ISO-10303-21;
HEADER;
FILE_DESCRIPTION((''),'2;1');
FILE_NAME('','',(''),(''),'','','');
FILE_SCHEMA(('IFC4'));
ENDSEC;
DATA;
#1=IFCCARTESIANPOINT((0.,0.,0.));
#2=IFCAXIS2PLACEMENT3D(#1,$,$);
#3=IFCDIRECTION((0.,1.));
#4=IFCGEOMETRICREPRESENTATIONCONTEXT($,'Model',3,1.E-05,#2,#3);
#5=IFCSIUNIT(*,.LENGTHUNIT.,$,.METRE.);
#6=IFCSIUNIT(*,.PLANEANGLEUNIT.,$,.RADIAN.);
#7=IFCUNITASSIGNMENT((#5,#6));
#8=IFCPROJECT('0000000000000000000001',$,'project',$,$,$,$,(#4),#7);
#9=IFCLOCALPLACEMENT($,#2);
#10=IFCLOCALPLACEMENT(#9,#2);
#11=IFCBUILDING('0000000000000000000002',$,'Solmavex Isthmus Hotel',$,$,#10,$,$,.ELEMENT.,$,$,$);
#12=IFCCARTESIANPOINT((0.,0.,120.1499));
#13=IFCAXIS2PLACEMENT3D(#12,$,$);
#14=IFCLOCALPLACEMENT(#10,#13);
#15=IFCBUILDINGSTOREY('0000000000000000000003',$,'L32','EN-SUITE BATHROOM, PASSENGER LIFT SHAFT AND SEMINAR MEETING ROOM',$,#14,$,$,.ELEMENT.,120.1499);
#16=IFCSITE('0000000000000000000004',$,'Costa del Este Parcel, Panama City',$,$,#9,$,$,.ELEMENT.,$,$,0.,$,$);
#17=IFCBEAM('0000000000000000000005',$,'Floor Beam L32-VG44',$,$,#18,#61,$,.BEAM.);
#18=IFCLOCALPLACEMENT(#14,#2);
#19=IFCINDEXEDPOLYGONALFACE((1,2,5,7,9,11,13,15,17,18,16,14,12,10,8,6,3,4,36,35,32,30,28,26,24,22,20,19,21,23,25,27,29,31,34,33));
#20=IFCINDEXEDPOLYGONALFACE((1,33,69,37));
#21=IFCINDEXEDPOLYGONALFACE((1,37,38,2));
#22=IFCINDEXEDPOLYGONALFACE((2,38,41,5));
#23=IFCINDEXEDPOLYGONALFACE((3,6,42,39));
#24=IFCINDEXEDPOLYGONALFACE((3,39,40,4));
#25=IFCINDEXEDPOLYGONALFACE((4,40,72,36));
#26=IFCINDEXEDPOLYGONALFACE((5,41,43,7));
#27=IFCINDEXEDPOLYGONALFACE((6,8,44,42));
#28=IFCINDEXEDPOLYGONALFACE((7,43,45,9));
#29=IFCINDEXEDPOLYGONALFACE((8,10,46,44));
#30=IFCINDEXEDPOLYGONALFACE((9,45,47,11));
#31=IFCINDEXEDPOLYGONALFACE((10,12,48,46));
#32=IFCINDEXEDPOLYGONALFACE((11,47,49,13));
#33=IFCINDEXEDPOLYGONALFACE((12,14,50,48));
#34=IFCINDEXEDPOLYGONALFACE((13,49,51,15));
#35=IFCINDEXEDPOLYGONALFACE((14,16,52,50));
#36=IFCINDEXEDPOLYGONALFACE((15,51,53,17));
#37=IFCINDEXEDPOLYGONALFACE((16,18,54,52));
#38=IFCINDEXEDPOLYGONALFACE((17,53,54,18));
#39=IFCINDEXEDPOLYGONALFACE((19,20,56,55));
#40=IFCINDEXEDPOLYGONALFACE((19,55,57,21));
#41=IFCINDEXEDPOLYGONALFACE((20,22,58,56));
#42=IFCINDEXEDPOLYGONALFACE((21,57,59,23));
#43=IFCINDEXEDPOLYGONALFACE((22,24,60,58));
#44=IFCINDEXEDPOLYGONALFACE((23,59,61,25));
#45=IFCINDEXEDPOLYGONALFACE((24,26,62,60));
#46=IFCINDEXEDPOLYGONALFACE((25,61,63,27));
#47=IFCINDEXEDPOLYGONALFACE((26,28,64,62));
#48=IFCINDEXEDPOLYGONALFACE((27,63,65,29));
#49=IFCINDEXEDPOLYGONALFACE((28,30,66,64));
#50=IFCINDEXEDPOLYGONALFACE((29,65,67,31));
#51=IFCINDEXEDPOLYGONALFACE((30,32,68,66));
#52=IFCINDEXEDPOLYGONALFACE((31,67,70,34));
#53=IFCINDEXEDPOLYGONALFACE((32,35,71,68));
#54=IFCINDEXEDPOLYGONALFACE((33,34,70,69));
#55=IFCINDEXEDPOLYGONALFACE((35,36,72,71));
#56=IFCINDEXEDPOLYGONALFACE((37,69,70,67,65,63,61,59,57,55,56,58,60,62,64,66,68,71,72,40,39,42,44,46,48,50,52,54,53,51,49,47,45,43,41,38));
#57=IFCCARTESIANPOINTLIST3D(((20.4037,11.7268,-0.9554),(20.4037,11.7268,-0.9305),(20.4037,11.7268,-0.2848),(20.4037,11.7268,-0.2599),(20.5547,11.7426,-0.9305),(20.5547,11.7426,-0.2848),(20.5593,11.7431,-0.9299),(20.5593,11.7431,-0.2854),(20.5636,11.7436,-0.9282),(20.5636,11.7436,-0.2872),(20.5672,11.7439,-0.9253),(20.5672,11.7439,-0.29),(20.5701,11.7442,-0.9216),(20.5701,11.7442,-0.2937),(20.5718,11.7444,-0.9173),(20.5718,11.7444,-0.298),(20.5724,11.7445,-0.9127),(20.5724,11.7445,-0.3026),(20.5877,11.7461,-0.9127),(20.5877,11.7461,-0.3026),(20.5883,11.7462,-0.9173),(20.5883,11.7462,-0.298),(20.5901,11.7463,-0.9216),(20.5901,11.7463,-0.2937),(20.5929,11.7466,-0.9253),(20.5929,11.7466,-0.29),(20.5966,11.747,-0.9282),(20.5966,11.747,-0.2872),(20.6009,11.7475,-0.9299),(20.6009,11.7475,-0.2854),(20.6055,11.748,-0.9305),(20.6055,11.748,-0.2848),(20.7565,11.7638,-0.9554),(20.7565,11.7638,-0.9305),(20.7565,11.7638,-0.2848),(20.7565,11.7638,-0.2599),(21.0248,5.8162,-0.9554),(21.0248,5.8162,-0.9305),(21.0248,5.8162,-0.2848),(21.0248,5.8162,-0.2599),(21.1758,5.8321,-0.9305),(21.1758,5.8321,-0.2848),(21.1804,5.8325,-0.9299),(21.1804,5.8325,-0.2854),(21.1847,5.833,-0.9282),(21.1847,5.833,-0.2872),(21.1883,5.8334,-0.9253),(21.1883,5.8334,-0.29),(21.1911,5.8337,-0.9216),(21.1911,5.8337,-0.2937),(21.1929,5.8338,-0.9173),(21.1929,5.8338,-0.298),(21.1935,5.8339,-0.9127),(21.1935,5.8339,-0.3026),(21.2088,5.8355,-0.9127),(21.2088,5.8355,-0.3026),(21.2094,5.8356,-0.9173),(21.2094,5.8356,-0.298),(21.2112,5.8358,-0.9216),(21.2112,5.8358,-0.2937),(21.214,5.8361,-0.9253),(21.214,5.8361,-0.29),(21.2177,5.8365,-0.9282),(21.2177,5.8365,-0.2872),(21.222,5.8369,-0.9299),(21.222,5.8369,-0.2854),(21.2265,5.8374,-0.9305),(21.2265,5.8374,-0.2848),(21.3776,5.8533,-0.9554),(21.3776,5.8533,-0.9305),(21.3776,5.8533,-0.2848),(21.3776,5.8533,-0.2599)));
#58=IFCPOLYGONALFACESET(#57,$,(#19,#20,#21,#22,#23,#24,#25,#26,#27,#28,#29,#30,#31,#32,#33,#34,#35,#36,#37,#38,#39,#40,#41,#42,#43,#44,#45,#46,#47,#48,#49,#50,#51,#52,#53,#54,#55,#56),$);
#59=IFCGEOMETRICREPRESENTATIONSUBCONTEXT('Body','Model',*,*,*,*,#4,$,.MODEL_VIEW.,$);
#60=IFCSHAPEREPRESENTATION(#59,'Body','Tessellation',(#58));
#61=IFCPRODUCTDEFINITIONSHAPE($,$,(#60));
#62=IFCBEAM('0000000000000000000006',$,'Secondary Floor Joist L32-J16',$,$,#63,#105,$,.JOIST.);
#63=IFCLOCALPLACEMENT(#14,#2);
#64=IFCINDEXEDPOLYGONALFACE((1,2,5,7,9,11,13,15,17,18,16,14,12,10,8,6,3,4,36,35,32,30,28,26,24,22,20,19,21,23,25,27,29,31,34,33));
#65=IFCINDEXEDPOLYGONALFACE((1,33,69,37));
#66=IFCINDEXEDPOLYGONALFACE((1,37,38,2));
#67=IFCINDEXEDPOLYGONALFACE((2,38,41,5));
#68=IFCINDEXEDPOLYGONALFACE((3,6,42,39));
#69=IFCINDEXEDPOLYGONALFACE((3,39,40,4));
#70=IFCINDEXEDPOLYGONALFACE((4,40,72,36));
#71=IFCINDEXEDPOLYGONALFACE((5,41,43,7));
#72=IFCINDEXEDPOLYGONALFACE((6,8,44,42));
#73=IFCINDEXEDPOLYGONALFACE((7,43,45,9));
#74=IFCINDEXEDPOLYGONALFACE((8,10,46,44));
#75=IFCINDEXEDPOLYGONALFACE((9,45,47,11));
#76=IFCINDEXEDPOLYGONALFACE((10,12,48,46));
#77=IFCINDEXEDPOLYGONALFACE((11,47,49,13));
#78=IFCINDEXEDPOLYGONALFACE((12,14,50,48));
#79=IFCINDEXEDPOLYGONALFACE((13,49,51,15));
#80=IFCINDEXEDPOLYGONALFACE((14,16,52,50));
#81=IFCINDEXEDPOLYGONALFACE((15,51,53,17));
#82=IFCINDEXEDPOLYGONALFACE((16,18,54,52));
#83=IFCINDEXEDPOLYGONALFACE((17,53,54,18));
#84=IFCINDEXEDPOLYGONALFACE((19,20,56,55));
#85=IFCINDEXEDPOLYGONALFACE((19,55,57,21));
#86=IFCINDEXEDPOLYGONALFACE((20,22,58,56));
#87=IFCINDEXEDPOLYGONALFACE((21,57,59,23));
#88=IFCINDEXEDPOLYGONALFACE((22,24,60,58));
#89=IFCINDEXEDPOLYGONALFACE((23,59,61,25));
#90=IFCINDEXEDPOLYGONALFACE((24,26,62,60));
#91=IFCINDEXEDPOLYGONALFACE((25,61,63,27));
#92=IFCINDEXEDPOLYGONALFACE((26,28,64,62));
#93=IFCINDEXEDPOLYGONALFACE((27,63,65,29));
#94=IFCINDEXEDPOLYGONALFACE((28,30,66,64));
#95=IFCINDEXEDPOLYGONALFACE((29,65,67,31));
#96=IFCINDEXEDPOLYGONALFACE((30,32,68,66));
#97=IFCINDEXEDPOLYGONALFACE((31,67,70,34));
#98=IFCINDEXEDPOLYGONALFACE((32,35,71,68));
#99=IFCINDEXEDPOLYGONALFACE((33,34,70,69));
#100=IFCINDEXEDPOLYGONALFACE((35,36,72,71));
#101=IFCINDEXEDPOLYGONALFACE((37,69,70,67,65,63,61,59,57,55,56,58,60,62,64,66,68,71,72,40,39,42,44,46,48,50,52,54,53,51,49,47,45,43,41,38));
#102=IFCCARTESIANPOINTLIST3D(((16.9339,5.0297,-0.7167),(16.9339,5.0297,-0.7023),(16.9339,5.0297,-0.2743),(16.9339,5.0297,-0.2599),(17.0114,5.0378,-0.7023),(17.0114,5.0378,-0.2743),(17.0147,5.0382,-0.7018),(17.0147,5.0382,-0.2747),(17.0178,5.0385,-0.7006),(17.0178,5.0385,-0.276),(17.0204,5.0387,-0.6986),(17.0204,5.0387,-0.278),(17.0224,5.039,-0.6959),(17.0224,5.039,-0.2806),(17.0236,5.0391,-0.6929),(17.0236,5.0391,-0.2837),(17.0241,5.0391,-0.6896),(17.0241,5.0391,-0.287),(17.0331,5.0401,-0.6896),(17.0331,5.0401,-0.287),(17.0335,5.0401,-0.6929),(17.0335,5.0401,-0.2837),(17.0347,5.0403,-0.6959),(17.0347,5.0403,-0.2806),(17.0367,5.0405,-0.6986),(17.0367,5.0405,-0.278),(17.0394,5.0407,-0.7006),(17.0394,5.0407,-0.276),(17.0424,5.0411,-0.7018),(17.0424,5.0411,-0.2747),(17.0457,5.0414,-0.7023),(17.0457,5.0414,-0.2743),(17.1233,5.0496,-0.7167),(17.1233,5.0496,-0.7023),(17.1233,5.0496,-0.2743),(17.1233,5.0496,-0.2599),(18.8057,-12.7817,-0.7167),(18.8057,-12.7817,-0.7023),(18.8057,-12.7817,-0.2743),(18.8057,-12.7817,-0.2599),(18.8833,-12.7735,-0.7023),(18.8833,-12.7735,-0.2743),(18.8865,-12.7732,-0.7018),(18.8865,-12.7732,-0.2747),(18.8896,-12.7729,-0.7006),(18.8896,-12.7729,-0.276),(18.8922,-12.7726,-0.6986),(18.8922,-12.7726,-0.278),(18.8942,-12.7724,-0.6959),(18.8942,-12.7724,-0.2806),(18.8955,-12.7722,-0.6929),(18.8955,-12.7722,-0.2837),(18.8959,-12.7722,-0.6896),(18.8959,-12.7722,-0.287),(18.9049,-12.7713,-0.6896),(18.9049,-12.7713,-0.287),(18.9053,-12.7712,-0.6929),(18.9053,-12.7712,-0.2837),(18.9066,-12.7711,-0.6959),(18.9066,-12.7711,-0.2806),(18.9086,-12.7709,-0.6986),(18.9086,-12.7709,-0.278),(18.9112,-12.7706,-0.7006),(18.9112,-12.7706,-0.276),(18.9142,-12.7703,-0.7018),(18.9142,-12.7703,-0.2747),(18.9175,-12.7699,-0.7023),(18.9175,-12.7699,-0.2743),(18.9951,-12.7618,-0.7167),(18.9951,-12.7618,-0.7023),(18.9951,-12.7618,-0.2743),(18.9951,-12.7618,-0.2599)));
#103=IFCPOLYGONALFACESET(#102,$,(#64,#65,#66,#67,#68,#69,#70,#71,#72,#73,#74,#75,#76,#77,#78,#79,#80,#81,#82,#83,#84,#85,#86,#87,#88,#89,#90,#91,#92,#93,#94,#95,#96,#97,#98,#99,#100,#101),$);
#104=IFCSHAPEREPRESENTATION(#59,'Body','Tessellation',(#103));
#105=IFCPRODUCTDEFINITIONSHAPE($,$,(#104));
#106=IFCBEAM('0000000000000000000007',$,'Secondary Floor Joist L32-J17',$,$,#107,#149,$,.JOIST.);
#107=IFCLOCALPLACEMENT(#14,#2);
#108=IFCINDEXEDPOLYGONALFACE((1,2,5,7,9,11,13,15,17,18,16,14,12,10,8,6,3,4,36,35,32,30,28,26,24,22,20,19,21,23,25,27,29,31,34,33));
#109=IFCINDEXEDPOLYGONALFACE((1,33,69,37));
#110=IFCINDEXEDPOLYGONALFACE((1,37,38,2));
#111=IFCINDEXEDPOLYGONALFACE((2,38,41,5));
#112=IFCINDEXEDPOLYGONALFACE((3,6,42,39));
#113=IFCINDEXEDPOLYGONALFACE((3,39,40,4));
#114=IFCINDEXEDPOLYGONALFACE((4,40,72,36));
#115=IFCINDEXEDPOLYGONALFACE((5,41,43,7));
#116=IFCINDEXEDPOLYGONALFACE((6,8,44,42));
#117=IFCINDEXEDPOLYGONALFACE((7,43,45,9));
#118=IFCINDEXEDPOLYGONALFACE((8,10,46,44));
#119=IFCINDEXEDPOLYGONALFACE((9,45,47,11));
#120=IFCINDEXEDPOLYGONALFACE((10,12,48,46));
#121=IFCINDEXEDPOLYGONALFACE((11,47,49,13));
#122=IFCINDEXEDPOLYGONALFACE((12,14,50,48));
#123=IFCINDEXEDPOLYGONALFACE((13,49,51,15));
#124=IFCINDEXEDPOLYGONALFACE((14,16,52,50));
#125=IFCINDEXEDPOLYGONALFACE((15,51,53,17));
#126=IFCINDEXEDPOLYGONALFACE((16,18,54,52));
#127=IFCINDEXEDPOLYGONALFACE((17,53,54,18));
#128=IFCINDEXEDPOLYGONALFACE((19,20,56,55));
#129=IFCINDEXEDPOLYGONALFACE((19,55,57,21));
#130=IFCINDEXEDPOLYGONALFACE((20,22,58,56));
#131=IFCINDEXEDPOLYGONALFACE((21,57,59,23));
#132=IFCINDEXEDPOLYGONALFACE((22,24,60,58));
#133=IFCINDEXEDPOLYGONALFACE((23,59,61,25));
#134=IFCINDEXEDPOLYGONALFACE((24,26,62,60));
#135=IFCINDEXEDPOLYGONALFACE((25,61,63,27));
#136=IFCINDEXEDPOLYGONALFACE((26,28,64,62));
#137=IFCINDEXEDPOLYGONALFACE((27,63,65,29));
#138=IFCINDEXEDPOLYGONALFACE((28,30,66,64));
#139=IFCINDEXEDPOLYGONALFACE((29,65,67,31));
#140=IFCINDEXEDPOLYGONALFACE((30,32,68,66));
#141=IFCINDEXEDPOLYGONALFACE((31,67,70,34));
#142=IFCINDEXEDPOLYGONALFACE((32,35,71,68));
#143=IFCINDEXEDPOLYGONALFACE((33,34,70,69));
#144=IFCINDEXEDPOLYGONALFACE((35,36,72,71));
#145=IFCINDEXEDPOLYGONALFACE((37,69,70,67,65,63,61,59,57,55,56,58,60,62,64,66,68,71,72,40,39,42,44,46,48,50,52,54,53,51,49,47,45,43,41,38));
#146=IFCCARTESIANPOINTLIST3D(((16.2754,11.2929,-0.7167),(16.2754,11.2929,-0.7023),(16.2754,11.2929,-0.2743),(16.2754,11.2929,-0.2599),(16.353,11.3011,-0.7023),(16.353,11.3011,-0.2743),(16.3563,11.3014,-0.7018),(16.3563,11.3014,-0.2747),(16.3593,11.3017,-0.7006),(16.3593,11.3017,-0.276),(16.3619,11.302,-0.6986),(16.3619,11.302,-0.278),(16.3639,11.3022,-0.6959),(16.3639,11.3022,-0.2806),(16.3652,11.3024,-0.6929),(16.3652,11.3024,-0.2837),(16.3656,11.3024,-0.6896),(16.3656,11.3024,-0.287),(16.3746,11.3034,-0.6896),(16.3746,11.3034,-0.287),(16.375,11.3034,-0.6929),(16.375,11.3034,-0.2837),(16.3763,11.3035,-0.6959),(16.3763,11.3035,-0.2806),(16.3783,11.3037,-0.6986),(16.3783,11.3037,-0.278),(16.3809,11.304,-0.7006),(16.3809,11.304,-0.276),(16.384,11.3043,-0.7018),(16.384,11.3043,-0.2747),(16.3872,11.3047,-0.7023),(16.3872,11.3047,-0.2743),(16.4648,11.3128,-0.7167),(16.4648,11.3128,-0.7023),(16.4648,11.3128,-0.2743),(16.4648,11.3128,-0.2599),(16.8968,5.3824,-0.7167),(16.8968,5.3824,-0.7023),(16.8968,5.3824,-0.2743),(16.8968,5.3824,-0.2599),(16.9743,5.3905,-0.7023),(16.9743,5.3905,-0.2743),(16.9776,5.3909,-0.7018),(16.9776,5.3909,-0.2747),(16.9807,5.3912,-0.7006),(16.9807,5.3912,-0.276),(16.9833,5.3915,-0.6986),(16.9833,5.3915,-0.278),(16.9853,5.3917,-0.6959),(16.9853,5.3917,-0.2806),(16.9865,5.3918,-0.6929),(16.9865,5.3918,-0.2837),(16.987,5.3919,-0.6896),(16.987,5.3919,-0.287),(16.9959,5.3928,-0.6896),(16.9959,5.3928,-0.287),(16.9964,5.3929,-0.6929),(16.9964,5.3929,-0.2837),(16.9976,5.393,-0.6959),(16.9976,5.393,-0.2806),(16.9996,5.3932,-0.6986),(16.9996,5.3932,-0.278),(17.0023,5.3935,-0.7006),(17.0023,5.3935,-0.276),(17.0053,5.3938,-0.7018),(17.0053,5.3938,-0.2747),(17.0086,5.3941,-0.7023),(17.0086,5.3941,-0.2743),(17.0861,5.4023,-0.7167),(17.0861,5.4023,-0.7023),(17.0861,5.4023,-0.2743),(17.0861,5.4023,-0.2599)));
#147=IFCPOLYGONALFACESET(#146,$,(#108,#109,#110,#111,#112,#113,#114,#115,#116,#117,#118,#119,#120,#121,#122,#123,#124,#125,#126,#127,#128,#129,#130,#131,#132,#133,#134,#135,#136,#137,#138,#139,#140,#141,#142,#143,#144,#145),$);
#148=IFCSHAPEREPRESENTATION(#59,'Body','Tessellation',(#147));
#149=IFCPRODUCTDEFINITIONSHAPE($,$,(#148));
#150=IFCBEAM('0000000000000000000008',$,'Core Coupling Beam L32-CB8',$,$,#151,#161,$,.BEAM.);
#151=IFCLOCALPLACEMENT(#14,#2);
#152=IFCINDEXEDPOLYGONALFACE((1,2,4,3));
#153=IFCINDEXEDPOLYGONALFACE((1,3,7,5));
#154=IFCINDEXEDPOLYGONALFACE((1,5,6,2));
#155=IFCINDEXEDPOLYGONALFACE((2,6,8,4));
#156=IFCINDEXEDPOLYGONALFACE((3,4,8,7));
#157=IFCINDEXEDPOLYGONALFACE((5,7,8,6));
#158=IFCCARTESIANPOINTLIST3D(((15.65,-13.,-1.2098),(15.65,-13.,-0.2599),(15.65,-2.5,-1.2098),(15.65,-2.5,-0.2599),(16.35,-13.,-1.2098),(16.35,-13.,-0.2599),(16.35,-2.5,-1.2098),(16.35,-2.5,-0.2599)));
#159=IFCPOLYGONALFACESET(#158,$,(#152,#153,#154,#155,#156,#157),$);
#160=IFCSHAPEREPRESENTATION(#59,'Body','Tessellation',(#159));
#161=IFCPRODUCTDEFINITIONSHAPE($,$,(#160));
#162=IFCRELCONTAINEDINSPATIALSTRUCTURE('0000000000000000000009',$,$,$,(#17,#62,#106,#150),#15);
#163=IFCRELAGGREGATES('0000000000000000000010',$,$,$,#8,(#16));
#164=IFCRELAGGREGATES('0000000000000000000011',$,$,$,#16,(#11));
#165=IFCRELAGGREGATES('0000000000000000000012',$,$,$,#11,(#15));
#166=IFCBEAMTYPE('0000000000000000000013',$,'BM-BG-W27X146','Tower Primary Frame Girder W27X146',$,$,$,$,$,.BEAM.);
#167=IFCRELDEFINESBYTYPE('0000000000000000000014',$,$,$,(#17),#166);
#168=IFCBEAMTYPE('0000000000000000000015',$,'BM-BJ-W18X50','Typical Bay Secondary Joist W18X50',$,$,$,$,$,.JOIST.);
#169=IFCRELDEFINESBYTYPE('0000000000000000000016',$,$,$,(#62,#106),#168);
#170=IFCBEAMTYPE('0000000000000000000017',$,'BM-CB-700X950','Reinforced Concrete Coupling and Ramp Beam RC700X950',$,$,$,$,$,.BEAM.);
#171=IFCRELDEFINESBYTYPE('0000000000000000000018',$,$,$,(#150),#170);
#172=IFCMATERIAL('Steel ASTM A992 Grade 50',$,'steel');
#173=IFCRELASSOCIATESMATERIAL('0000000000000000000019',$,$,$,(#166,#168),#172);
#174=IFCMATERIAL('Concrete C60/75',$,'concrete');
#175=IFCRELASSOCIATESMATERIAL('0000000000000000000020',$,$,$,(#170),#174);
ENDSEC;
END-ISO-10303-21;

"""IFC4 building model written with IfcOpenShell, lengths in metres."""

from ifc_helpers import new_model, si_unit, direction, frame, origin, origin_2d, place, context, subcontext, project, spatial, rectangle, i_section, extrude, material, material_profile, profile_set, type_object, element, save


model = new_model("IFC4")

# Units and contexts
model_context = context("Model", 3, precision=1e-05, world=origin(), true_north=direction((0.0, 1.0)))
body_context = subcontext(model_context, "Body", "Model", "MODEL_VIEW")
ifc_project = project(units=[si_unit("LENGTHUNIT", "METRE"), si_unit("PLANEANGLEUNIT", "RADIAN")], contexts=[model_context])

# Site, building, storey
site_placement = place(None, origin())
site = spatial("IfcSite", under=ifc_project, at=site_placement, Name="Costa del Este Parcel, Panama City", CompositionType="ELEMENT", RefElevation=0.0)
building_placement = place(site_placement, origin())
building = spatial("IfcBuilding", under=site, at=building_placement, Name="Solmavex Isthmus Hotel", CompositionType="ELEMENT")
storey_placement = place(building_placement, frame((0.0, 0.0, 120.1499)))
storey = spatial("IfcBuildingStorey", under=building, at=storey_placement, Name="L32", Description="EN-SUITE BATHROOM, PASSENGER LIFT SHAFT AND SEMINAR MEETING ROOM", CompositionType="ELEMENT", Elevation=120.1499)

# Shared definitions
ifc_material_1 = material(Name="Concrete C60/75", Category="concrete")

# Beams
ifc_material_2 = material(Name="Steel ASTM A992 Grade 50", Category="steel")
ifc_material_profile_1 = material_profile(ifc_material_2, i_section(OverallWidth=0.3547, OverallDepth=0.6956, WebThickness=0.0154, FlangeThickness=0.0249, FilletRadius=0.0178, at=origin_2d()), Name="W27X146")
ifc_profile_set_1 = profile_set([ifc_material_profile_1], Name="Steel ASTM A992 Grade 50")
beam_type_1 = type_object("IfcBeamType", Name="BM-BG-W27X146", Description="Tower Primary Frame Girder W27X146", PredefinedType="BEAM", material=ifc_profile_set_1)
beam_1_placement = place(storey_placement, frame((21.2012, 5.8347, -0.6077), z_axis=(-0.104505, 0.994524, 0.0), x_axis=(-0.994524, -0.104505, 0.0)))
element("IfcBeam", 1, at=beam_1_placement, inside=storey, type_object=beam_type_1, Name="Floor Beam L32-VG44", PredefinedType="BEAM", context=body_context, shape_type="SweptSolid", body=[
    extrude(i_section(OverallWidth=0.3547, OverallDepth=0.6956, WebThickness=0.0154, FlangeThickness=0.0249, FilletRadius=0.0178, at=origin_2d()), origin(), (0.0, 0.0, 1.0), 5.9431),
])
ifc_material_profile_2 = material_profile(ifc_material_2, i_section(OverallWidth=0.1904, OverallDepth=0.4568, WebThickness=0.009, FlangeThickness=0.0144, FilletRadius=0.0127, at=origin_2d()), Name="W18X50")
ifc_profile_set_2 = profile_set([ifc_material_profile_2], Name="Steel ASTM A992 Grade 50")
beam_type_2 = type_object("IfcBeamType", Name="BM-BJ-W18X50", Description="Typical Bay Secondary Joist W18X50", PredefinedType="JOIST", material=ifc_profile_set_2)
beam_2_placement = place(storey_placement, frame((18.9004, -12.7717, -0.4883), z_axis=(-0.104517, 0.994523, 0.0), x_axis=(-0.994523, -0.104517, 0.0)))
element("IfcBeam", 2, at=beam_2_placement, inside=storey, type_object=beam_type_2, Name="Secondary Floor Joist L32-J16", PredefinedType="JOIST", context=body_context, shape_type="SweptSolid", body=[
    extrude(i_section(OverallWidth=0.1904, OverallDepth=0.4568, WebThickness=0.009, FlangeThickness=0.0144, FilletRadius=0.0127, at=origin_2d()), origin(), (0.0, 0.0, 1.0), 17.9094),
])
beam_3_placement = place(storey_placement, frame((16.9915, 5.3923, -0.4883), z_axis=(-0.104546, 0.99452, 0.0), x_axis=(-0.99452, -0.104546, 0.0)))
element("IfcBeam", 3, at=beam_3_placement, inside=storey, type_object=beam_type_2, Name="Secondary Floor Joist L32-J17", PredefinedType="JOIST", context=body_context, shape_type="SweptSolid", body=[
    extrude(i_section(OverallWidth=0.1904, OverallDepth=0.4568, WebThickness=0.009, FlangeThickness=0.0144, FilletRadius=0.0127, at=origin_2d()), origin(), (0.0, 0.0, 1.0), 5.9431),
])
ifc_material_profile_3 = material_profile(ifc_material_1, rectangle(XDim=0.7, YDim=0.95, at=origin_2d()), Name="RC700X950")
ifc_profile_set_3 = profile_set([ifc_material_profile_3], Name="Concrete C60/75")
beam_type_3 = type_object("IfcBeamType", Name="BM-CB-700X950", Description="Reinforced Concrete Coupling and Ramp Beam RC700X950", PredefinedType="BEAM", material=ifc_profile_set_3)
beam_4_placement = place(storey_placement, frame((16.0, -13.0, -0.7349), z_axis=(0.0, 1.0, 0.0), x_axis=(-1.0, 0.0, 0.0)))
element("IfcBeam", 4, at=beam_4_placement, inside=storey, type_object=beam_type_3, Name="Core Coupling Beam L32-CB8", PredefinedType="BEAM", context=body_context, shape_type="SweptSolid", body=[
    extrude(rectangle(XDim=0.7, YDim=0.95, at=origin_2d()), origin(), (0.0, 0.0, 1.0), 10.5),
])

save(model, "model.ifc")
